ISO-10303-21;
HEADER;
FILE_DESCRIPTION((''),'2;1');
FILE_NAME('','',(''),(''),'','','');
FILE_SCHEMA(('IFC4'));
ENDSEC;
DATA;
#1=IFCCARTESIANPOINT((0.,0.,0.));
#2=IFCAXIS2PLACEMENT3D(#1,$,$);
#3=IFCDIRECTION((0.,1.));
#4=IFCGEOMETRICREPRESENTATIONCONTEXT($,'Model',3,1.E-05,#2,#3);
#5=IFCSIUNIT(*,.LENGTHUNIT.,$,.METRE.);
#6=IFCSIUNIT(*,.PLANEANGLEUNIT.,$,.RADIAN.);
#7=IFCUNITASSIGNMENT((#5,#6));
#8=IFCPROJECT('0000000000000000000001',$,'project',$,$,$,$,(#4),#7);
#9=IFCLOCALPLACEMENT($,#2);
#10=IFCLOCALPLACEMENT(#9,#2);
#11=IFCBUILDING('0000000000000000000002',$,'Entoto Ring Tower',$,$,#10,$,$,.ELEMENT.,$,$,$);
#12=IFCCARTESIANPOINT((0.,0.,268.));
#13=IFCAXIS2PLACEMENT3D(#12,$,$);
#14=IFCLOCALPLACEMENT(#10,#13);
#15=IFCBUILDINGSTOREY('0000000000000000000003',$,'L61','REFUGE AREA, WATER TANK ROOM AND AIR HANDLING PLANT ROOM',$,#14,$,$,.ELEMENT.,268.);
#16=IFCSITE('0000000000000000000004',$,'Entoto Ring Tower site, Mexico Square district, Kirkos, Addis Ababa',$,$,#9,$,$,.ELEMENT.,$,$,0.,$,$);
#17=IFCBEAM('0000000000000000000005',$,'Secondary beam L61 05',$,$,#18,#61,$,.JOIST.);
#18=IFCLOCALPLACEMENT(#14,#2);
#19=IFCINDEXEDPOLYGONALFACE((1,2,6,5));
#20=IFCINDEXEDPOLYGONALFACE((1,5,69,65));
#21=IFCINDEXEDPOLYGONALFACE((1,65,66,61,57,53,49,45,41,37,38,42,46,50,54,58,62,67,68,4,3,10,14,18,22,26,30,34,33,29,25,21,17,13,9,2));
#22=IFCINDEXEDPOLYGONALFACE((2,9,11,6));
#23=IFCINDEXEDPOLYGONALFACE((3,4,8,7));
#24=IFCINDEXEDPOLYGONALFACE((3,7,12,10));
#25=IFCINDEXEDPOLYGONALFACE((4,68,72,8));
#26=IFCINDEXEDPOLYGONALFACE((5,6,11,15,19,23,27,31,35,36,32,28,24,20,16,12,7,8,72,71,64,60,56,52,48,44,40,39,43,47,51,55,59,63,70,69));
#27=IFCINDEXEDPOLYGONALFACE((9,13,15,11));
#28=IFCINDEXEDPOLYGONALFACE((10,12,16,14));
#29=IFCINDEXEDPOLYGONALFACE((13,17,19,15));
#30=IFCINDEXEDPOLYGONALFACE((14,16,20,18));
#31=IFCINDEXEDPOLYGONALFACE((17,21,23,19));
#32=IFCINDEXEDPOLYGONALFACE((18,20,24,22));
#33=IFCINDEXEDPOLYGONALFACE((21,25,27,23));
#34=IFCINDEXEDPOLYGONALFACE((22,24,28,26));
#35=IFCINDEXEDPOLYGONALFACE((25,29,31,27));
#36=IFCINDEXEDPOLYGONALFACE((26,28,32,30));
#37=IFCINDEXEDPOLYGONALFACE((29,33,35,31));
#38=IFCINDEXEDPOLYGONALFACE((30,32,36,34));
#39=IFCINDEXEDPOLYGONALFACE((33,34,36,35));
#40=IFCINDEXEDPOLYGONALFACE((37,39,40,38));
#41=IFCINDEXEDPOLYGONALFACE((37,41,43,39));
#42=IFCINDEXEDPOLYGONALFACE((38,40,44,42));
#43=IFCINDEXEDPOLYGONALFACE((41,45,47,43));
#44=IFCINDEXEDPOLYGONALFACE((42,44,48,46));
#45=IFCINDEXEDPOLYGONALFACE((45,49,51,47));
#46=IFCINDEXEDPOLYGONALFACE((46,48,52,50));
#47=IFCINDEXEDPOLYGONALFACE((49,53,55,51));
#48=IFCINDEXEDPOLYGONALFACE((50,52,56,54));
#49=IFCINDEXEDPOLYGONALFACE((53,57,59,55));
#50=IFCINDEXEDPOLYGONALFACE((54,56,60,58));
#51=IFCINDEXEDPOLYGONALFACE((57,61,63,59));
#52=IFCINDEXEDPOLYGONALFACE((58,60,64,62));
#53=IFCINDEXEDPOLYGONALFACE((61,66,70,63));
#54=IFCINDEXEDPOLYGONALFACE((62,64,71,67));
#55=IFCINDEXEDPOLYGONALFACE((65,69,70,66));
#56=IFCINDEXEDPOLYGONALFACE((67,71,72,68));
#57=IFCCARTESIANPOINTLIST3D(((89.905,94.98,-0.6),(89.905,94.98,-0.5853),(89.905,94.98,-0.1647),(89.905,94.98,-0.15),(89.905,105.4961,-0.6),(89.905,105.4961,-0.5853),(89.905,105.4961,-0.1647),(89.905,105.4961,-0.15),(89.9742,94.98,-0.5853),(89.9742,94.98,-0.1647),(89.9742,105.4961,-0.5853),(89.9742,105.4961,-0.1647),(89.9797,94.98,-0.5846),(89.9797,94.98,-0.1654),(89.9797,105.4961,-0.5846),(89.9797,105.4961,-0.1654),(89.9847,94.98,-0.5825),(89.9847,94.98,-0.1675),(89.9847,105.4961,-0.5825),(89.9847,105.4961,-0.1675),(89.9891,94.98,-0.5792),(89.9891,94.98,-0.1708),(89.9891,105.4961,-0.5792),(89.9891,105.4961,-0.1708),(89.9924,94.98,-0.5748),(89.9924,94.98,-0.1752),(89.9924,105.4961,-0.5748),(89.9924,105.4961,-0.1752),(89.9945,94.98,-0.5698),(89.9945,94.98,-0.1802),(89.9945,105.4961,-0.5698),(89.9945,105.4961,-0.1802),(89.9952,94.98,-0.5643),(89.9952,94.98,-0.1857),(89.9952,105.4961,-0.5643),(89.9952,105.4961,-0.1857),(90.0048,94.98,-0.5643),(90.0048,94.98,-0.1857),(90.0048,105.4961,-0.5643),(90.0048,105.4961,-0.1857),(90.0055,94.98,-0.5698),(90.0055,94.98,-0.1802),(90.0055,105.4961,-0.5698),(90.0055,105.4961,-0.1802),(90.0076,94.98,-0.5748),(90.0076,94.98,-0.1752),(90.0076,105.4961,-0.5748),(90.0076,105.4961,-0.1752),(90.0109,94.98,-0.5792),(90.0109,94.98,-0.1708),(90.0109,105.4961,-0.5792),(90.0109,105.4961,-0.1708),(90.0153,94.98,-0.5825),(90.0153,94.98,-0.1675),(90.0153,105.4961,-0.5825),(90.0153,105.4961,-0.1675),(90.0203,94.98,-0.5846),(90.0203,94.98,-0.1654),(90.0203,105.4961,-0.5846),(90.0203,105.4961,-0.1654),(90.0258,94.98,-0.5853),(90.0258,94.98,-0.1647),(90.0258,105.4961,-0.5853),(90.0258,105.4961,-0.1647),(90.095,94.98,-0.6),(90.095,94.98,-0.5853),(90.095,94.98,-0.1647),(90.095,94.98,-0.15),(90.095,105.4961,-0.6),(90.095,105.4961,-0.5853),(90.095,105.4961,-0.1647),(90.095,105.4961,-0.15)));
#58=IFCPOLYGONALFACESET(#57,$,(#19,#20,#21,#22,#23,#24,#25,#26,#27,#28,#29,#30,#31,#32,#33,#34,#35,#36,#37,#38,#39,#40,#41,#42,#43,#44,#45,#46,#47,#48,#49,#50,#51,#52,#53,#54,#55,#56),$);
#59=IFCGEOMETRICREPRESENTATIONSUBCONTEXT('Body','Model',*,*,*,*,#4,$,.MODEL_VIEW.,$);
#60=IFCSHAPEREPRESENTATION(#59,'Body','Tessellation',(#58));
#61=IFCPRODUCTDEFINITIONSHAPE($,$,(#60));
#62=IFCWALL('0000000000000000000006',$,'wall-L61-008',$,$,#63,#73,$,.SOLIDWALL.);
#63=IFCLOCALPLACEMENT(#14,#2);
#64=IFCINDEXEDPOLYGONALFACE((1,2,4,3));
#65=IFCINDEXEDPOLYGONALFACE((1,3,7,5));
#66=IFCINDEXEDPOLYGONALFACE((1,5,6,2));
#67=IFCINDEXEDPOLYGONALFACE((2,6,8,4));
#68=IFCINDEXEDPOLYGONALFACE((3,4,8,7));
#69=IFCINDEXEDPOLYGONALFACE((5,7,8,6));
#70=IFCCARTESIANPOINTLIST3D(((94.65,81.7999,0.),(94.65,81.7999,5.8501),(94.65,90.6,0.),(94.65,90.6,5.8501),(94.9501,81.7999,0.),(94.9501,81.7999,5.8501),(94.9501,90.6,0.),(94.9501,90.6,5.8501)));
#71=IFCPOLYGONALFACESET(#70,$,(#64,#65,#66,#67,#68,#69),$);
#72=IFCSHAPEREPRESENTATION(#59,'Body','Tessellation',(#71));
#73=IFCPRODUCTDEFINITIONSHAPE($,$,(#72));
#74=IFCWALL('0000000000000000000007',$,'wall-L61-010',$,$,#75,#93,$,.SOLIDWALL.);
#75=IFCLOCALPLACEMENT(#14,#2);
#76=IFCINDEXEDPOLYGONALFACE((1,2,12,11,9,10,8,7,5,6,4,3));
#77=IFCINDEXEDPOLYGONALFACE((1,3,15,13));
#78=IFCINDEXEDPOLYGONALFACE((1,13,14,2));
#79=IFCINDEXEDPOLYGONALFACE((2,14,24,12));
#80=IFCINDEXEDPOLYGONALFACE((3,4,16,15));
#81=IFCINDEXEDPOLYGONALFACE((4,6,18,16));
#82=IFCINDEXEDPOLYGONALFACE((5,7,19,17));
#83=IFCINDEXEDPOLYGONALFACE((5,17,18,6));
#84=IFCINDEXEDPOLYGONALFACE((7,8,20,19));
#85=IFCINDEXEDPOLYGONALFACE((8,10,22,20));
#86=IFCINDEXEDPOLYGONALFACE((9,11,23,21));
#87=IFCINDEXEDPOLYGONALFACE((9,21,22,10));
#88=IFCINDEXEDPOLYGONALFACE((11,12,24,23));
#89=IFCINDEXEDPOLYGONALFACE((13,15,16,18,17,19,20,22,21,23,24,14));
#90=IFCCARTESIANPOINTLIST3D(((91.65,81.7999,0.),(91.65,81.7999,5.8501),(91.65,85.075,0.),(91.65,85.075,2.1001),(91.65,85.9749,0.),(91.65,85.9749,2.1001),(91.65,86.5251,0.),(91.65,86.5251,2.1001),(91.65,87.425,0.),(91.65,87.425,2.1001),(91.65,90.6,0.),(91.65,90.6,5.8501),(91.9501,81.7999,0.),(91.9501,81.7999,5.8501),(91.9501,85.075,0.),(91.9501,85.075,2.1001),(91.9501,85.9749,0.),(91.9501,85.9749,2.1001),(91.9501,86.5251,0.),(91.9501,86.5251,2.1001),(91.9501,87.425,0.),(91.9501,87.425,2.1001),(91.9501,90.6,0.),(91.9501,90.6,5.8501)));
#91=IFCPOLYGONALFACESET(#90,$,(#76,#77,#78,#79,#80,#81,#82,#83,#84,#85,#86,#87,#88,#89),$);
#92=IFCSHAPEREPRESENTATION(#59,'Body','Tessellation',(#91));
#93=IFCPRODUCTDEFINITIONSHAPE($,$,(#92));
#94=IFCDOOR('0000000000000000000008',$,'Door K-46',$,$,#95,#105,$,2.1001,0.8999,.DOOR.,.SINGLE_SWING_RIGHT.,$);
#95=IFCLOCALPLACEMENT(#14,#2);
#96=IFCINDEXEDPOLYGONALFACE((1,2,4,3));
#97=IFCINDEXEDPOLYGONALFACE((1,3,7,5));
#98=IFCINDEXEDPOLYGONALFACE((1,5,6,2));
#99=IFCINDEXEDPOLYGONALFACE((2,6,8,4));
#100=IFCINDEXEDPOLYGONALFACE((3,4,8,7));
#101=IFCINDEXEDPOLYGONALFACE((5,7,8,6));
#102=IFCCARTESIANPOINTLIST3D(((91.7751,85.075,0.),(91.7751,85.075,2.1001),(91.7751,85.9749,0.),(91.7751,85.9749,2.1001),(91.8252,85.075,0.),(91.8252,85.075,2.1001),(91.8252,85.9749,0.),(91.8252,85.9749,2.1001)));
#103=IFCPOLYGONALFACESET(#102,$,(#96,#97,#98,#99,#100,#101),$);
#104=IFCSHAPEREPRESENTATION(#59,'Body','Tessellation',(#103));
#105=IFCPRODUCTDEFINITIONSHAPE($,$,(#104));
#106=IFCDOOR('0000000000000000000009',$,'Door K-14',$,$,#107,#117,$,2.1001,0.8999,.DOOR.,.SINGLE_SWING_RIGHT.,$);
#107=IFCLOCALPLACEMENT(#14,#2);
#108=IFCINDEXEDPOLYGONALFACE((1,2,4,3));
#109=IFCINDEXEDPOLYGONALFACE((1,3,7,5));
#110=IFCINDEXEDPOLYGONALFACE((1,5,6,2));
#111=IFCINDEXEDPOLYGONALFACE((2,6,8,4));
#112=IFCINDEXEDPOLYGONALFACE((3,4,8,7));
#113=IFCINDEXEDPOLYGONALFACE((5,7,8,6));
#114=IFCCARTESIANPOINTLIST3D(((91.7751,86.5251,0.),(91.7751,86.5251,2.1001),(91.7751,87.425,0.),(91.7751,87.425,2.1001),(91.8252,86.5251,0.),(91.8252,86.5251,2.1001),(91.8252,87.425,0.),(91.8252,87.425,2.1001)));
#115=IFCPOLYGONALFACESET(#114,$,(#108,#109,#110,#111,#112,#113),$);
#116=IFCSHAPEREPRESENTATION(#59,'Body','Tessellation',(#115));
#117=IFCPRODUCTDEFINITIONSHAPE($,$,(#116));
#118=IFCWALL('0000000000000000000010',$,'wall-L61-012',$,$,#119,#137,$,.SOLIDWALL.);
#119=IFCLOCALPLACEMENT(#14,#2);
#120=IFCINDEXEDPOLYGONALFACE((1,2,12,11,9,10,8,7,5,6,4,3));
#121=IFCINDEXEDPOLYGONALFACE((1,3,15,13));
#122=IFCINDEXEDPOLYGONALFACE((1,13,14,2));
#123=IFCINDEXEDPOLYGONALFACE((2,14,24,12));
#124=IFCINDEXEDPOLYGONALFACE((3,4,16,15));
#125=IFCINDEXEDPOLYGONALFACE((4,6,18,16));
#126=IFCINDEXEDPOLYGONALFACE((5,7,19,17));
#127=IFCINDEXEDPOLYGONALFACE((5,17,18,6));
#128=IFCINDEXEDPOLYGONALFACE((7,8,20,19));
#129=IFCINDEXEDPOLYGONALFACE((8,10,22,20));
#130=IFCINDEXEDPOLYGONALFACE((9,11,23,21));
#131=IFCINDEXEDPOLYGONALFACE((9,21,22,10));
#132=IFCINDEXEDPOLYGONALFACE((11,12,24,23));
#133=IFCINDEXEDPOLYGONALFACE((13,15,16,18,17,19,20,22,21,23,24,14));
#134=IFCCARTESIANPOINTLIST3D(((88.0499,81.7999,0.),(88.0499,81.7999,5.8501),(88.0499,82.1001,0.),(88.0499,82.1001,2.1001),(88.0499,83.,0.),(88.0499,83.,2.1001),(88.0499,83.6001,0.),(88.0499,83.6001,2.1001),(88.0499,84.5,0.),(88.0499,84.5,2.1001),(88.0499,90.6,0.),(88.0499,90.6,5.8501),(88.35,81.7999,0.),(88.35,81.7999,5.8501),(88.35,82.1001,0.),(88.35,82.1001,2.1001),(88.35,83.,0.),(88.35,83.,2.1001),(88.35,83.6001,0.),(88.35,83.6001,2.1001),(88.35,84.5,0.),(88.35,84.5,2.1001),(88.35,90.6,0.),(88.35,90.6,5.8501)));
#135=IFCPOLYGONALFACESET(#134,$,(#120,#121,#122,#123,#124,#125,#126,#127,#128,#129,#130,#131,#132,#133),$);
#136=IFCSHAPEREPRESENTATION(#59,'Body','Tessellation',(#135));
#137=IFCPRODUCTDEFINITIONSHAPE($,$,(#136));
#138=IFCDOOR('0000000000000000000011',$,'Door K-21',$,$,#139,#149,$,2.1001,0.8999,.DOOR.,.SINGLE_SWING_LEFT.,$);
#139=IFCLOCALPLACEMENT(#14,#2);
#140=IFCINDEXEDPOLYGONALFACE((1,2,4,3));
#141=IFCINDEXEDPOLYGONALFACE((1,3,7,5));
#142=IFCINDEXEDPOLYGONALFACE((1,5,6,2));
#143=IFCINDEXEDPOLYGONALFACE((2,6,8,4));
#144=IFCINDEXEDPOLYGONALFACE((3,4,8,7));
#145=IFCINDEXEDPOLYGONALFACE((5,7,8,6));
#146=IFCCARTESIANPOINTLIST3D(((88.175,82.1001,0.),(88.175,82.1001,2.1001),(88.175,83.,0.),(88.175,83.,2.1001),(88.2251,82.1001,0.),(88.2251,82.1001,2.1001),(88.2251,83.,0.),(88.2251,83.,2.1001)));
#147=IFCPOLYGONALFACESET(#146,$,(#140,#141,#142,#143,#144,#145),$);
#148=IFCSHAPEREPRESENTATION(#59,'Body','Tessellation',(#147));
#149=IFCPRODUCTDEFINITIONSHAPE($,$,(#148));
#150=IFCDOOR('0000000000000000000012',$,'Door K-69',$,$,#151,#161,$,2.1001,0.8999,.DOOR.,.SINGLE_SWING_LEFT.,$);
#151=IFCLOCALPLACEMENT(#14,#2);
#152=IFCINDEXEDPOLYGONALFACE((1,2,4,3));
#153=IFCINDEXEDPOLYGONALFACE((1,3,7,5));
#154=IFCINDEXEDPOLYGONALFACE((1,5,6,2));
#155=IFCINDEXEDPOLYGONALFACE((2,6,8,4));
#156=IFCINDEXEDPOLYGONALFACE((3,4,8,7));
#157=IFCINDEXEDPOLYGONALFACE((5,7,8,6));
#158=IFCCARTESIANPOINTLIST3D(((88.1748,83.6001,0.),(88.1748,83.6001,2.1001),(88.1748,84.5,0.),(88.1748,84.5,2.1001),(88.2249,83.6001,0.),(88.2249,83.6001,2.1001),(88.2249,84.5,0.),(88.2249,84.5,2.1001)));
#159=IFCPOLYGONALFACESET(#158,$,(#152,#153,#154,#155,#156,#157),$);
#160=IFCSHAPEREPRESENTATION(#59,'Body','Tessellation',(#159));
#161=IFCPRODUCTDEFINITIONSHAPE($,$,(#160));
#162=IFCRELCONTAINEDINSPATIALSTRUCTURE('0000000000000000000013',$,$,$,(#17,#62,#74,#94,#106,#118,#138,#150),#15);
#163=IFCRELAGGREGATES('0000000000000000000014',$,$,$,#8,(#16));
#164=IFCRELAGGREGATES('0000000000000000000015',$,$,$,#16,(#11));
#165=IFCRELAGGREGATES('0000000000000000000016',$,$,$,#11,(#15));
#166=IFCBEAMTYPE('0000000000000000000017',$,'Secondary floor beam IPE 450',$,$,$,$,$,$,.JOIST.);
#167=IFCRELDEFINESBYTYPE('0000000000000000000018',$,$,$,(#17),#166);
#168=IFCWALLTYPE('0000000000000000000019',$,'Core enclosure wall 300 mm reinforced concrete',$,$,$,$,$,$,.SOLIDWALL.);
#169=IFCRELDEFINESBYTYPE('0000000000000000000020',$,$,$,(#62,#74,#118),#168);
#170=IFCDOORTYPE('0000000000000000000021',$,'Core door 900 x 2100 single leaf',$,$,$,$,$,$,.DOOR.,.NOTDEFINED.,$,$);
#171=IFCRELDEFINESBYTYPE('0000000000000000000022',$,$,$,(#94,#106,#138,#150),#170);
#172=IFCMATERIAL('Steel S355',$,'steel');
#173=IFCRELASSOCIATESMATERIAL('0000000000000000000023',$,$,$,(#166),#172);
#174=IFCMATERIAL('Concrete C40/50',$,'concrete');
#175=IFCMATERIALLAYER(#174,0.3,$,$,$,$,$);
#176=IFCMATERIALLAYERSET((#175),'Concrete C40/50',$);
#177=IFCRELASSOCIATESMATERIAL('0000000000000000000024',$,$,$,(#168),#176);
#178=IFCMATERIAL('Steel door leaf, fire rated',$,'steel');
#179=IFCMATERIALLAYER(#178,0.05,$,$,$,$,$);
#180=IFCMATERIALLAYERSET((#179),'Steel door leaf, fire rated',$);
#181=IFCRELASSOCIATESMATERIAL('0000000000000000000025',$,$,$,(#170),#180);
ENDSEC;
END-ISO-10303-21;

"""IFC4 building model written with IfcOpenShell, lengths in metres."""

from ifc_helpers import new_model, si_unit, direction, frame, frame_2d, origin, origin_2d, place, context, subcontext, project, spatial, rectangle, i_section, extrude, material, layer, layer_set, material_profile, profile_set, type_object, element, fill, save


model = new_model("IFC4")

# Units and contexts
model_context = context("Model", 3, precision=1e-05, world=origin(), true_north=direction((0.0, 1.0)))
body_context = subcontext(model_context, "Body", "Model", "MODEL_VIEW")
ifc_project = project(units=[si_unit("LENGTHUNIT", "METRE"), si_unit("PLANEANGLEUNIT", "RADIAN")], contexts=[model_context])

# Site, building, storey
site_placement = place(None, origin())
site = spatial("IfcSite", under=ifc_project, at=site_placement, Name="Entoto Ring Tower site, Mexico Square district, Kirkos, Addis Ababa", CompositionType="ELEMENT", RefElevation=0.0)
building_placement = place(site_placement, origin())
building = spatial("IfcBuilding", under=site, at=building_placement, Name="Entoto Ring Tower", CompositionType="ELEMENT")
storey_placement = place(building_placement, frame((0.0, 0.0, 268.0)))
storey = spatial("IfcBuildingStorey", under=building, at=storey_placement, Name="L61", Description="REFUGE AREA, WATER TANK ROOM AND AIR HANDLING PLANT ROOM", CompositionType="ELEMENT", Elevation=268.0)

# Beam
ifc_material_1 = material(Name="Steel S355", Category="steel")
ifc_material_profile_1 = material_profile(ifc_material_1, i_section(OverallWidth=0.1899, OverallDepth=0.45, WebThickness=0.0095, FlangeThickness=0.0146, FilletRadius=0.021, at=origin_2d()), Name="IPE 450")
ifc_profile_set_1 = profile_set([ifc_material_profile_1], Name="Steel S355")
beam_type_1 = type_object("IfcBeamType", Name="Secondary floor beam IPE 450", PredefinedType="JOIST", material=ifc_profile_set_1)
beam_1_placement = place(storey_placement, frame((90.0, 94.98, -0.375), z_axis=(0.0, 1.0, 0.0), x_axis=(-1.0, 0.0, 0.0)))
element("IfcBeam", 1, at=beam_1_placement, inside=storey, type_object=beam_type_1, Name="Secondary beam L61 05", PredefinedType="JOIST", context=body_context, shape_type="SweptSolid", body=[
    extrude(i_section(OverallWidth=0.1899, OverallDepth=0.45, WebThickness=0.0095, FlangeThickness=0.0146, FilletRadius=0.021, at=origin_2d()), origin(), (0.0, 0.0, 1.0), 10.5161),
])

# Wall
ifc_material_2 = material(Name="Concrete C40/50", Category="concrete")
ifc_layer_1 = layer(ifc_material_2, 0.3)
ifc_layer_set_1 = layer_set([ifc_layer_1], Name="Concrete C40/50")
wall_type_1 = type_object("IfcWallType", Name="Core enclosure wall 300 mm reinforced concrete", PredefinedType="SOLIDWALL", material=ifc_layer_set_1)
wall_1_placement = place(storey_placement, frame((94.8, 81.8, 0.0), z_axis=(0.0, 0.0, 1.0), x_axis=(0.0, 1.0, 0.0)))
element("IfcWall", 2, at=wall_1_placement, inside=storey, type_object=wall_type_1, Name="wall-L61-008", PredefinedType="SOLIDWALL", context=body_context, shape_type="SweptSolid", body=[
    extrude(rectangle(XDim=8.8, YDim=0.3, at=frame_2d((4.3999, 0.0))), origin(), (0.0, 0.0, 1.0), 5.8501),
])

# Walls, openings, doors
wall_2_placement = place(storey_placement, frame((91.8, 81.8, 0.0), z_axis=(0.0, 0.0, 1.0), x_axis=(0.0, 1.0, 0.0)))
wall_2 = element("IfcWall", 3, at=wall_2_placement, inside=storey, type_object=wall_type_1, Name="wall-L61-010", PredefinedType="SOLIDWALL", context=body_context, shape_type="SweptSolid", body=[
    extrude(rectangle(XDim=8.8, YDim=0.3, at=frame_2d((4.3999, 0.0))), origin(), (0.0, 0.0, 1.0), 5.8501),
])
opening_1_placement = place(wall_2_placement, frame((3.2749, 0.0, 0.0)))
opening_1 = element("IfcOpeningElement", 4, at=opening_1_placement, cuts=wall_2, PredefinedType="OPENING", context=body_context, shape_type="SweptSolid", body=[
    extrude(rectangle(XDim=0.8999, YDim=2.1001, at=frame_2d((0.45, 1.05))), frame((0.0, 0.1602, 0.0), z_axis=(0.0, -1.0, 0.0), x_axis=(1.0, 0.0, 0.0)), (0.0, 0.0, 1.0), 0.3201),
])
opening_2_placement = place(wall_2_placement, frame((4.7251, 0.0, 0.0)))
opening_2 = element("IfcOpeningElement", 5, at=opening_2_placement, cuts=wall_2, PredefinedType="OPENING", context=body_context, shape_type="SweptSolid", body=[
    extrude(rectangle(XDim=0.8999, YDim=2.1001, at=frame_2d((0.45, 1.05))), frame((0.0, 0.1602, 0.0), z_axis=(0.0, -1.0, 0.0), x_axis=(1.0, 0.0, 0.0)), (0.0, 0.0, 1.0), 0.3201),
])
ifc_material_3 = material(Name="Steel door leaf, fire rated", Category="steel")
ifc_layer_2 = layer(ifc_material_3, 0.05)
ifc_layer_set_2 = layer_set([ifc_layer_2], Name="Steel door leaf, fire rated")
door_type_1 = type_object("IfcDoorType", Name="Core door 900 x 2100 single leaf", OperationType="NOTDEFINED", PredefinedType="DOOR", material=ifc_layer_set_2)
door_1_placement = place(opening_1_placement, origin())
door_1 = element("IfcDoor", 6, at=door_1_placement, inside=storey, type_object=door_type_1, Name="Door K-46", OperationType="SINGLE_SWING_RIGHT", OverallHeight=2.1001, OverallWidth=0.8999, PredefinedType="DOOR", context=body_context, shape_type="SweptSolid", body=[
    extrude(rectangle(XDim=0.8999, YDim=2.1001, at=frame_2d((0.45, 1.05))), frame((0.0, 0.0249, 0.0), z_axis=(0.0, -1.0, 0.0), x_axis=(1.0, 0.0, 0.0)), (0.0, 0.0, 1.0), 0.05),
])
fill(opening_1, door_1)
door_2_placement = place(opening_2_placement, origin())
door_2 = element("IfcDoor", 7, at=door_2_placement, inside=storey, type_object=door_type_1, Name="Door K-14", OperationType="SINGLE_SWING_RIGHT", OverallHeight=2.1001, OverallWidth=0.8999, PredefinedType="DOOR", context=body_context, shape_type="SweptSolid", body=[
    extrude(rectangle(XDim=0.8999, YDim=2.1001, at=frame_2d((0.45, 1.05))), frame((0.0, 0.0249, 0.0), z_axis=(0.0, -1.0, 0.0), x_axis=(1.0, 0.0, 0.0)), (0.0, 0.0, 1.0), 0.05),
])
fill(opening_2, door_2)
wall_3_placement = place(storey_placement, frame((88.2, 81.8, 0.0), z_axis=(0.0, 0.0, 1.0), x_axis=(0.0, 1.0, 0.0)))
wall_3 = element("IfcWall", 8, at=wall_3_placement, inside=storey, type_object=wall_type_1, Name="wall-L61-012", PredefinedType="SOLIDWALL", context=body_context, shape_type="SweptSolid", body=[
    extrude(rectangle(XDim=8.8, YDim=0.3, at=frame_2d((4.3999, 0.0))), origin(), (0.0, 0.0, 1.0), 5.8501),
])
opening_3_placement = place(wall_3_placement, frame((0.3, 0.0, 0.0)))
opening_3 = element("IfcOpeningElement", 9, at=opening_3_placement, cuts=wall_3, PredefinedType="OPENING", context=body_context, shape_type="SweptSolid", body=[
    extrude(rectangle(XDim=0.8999, YDim=2.1001, at=frame_2d((0.45, 1.05))), frame((0.0, 0.1602, 0.0), z_axis=(0.0, -1.0, 0.0), x_axis=(1.0, 0.0, 0.0)), (0.0, 0.0, 1.0), 0.3201),
])
opening_4_placement = place(wall_3_placement, frame((1.8, 0.0, 0.0)))
opening_4 = element("IfcOpeningElement", 10, at=opening_4_placement, cuts=wall_3, PredefinedType="OPENING", context=body_context, shape_type="SweptSolid", body=[
    extrude(rectangle(XDim=0.8999, YDim=2.1001, at=frame_2d((0.45, 1.05))), frame((0.0, 0.1602, 0.0), z_axis=(0.0, -1.0, 0.0), x_axis=(1.0, 0.0, 0.0)), (0.0, 0.0, 1.0), 0.3201),
])
door_3_placement = place(opening_3_placement, origin())
door_3 = element("IfcDoor", 11, at=door_3_placement, inside=storey, type_object=door_type_1, Name="Door K-21", OperationType="SINGLE_SWING_LEFT", OverallHeight=2.1001, OverallWidth=0.8999, PredefinedType="DOOR", context=body_context, shape_type="SweptSolid", body=[
    extrude(rectangle(XDim=0.8999, YDim=2.1001, at=frame_2d((0.45, 1.05))), frame((0.0, 0.0249, 0.0), z_axis=(0.0, -1.0, 0.0), x_axis=(1.0, 0.0, 0.0)), (0.0, 0.0, 1.0), 0.05),
])
fill(opening_3, door_3)
door_4_placement = place(opening_4_placement, frame((0.8999, 0.0, 0.0), z_axis=(0.0, 0.0, 1.0), x_axis=(-1.0, 0.0, 0.0)))
door_4 = element("IfcDoor", 12, at=door_4_placement, inside=storey, type_object=door_type_1, Name="Door K-69", OperationType="SINGLE_SWING_LEFT", OverallHeight=2.1001, OverallWidth=0.8999, PredefinedType="DOOR", context=body_context, shape_type="SweptSolid", body=[
    extrude(rectangle(XDim=0.8999, YDim=2.1001, at=frame_2d((0.45, 1.05))), frame((0.0, 0.0249, 0.0), z_axis=(0.0, -1.0, 0.0), x_axis=(1.0, 0.0, 0.0)), (0.0, 0.0, 1.0), 0.05),
])
fill(opening_4, door_4)

save(model, "model.ifc")
